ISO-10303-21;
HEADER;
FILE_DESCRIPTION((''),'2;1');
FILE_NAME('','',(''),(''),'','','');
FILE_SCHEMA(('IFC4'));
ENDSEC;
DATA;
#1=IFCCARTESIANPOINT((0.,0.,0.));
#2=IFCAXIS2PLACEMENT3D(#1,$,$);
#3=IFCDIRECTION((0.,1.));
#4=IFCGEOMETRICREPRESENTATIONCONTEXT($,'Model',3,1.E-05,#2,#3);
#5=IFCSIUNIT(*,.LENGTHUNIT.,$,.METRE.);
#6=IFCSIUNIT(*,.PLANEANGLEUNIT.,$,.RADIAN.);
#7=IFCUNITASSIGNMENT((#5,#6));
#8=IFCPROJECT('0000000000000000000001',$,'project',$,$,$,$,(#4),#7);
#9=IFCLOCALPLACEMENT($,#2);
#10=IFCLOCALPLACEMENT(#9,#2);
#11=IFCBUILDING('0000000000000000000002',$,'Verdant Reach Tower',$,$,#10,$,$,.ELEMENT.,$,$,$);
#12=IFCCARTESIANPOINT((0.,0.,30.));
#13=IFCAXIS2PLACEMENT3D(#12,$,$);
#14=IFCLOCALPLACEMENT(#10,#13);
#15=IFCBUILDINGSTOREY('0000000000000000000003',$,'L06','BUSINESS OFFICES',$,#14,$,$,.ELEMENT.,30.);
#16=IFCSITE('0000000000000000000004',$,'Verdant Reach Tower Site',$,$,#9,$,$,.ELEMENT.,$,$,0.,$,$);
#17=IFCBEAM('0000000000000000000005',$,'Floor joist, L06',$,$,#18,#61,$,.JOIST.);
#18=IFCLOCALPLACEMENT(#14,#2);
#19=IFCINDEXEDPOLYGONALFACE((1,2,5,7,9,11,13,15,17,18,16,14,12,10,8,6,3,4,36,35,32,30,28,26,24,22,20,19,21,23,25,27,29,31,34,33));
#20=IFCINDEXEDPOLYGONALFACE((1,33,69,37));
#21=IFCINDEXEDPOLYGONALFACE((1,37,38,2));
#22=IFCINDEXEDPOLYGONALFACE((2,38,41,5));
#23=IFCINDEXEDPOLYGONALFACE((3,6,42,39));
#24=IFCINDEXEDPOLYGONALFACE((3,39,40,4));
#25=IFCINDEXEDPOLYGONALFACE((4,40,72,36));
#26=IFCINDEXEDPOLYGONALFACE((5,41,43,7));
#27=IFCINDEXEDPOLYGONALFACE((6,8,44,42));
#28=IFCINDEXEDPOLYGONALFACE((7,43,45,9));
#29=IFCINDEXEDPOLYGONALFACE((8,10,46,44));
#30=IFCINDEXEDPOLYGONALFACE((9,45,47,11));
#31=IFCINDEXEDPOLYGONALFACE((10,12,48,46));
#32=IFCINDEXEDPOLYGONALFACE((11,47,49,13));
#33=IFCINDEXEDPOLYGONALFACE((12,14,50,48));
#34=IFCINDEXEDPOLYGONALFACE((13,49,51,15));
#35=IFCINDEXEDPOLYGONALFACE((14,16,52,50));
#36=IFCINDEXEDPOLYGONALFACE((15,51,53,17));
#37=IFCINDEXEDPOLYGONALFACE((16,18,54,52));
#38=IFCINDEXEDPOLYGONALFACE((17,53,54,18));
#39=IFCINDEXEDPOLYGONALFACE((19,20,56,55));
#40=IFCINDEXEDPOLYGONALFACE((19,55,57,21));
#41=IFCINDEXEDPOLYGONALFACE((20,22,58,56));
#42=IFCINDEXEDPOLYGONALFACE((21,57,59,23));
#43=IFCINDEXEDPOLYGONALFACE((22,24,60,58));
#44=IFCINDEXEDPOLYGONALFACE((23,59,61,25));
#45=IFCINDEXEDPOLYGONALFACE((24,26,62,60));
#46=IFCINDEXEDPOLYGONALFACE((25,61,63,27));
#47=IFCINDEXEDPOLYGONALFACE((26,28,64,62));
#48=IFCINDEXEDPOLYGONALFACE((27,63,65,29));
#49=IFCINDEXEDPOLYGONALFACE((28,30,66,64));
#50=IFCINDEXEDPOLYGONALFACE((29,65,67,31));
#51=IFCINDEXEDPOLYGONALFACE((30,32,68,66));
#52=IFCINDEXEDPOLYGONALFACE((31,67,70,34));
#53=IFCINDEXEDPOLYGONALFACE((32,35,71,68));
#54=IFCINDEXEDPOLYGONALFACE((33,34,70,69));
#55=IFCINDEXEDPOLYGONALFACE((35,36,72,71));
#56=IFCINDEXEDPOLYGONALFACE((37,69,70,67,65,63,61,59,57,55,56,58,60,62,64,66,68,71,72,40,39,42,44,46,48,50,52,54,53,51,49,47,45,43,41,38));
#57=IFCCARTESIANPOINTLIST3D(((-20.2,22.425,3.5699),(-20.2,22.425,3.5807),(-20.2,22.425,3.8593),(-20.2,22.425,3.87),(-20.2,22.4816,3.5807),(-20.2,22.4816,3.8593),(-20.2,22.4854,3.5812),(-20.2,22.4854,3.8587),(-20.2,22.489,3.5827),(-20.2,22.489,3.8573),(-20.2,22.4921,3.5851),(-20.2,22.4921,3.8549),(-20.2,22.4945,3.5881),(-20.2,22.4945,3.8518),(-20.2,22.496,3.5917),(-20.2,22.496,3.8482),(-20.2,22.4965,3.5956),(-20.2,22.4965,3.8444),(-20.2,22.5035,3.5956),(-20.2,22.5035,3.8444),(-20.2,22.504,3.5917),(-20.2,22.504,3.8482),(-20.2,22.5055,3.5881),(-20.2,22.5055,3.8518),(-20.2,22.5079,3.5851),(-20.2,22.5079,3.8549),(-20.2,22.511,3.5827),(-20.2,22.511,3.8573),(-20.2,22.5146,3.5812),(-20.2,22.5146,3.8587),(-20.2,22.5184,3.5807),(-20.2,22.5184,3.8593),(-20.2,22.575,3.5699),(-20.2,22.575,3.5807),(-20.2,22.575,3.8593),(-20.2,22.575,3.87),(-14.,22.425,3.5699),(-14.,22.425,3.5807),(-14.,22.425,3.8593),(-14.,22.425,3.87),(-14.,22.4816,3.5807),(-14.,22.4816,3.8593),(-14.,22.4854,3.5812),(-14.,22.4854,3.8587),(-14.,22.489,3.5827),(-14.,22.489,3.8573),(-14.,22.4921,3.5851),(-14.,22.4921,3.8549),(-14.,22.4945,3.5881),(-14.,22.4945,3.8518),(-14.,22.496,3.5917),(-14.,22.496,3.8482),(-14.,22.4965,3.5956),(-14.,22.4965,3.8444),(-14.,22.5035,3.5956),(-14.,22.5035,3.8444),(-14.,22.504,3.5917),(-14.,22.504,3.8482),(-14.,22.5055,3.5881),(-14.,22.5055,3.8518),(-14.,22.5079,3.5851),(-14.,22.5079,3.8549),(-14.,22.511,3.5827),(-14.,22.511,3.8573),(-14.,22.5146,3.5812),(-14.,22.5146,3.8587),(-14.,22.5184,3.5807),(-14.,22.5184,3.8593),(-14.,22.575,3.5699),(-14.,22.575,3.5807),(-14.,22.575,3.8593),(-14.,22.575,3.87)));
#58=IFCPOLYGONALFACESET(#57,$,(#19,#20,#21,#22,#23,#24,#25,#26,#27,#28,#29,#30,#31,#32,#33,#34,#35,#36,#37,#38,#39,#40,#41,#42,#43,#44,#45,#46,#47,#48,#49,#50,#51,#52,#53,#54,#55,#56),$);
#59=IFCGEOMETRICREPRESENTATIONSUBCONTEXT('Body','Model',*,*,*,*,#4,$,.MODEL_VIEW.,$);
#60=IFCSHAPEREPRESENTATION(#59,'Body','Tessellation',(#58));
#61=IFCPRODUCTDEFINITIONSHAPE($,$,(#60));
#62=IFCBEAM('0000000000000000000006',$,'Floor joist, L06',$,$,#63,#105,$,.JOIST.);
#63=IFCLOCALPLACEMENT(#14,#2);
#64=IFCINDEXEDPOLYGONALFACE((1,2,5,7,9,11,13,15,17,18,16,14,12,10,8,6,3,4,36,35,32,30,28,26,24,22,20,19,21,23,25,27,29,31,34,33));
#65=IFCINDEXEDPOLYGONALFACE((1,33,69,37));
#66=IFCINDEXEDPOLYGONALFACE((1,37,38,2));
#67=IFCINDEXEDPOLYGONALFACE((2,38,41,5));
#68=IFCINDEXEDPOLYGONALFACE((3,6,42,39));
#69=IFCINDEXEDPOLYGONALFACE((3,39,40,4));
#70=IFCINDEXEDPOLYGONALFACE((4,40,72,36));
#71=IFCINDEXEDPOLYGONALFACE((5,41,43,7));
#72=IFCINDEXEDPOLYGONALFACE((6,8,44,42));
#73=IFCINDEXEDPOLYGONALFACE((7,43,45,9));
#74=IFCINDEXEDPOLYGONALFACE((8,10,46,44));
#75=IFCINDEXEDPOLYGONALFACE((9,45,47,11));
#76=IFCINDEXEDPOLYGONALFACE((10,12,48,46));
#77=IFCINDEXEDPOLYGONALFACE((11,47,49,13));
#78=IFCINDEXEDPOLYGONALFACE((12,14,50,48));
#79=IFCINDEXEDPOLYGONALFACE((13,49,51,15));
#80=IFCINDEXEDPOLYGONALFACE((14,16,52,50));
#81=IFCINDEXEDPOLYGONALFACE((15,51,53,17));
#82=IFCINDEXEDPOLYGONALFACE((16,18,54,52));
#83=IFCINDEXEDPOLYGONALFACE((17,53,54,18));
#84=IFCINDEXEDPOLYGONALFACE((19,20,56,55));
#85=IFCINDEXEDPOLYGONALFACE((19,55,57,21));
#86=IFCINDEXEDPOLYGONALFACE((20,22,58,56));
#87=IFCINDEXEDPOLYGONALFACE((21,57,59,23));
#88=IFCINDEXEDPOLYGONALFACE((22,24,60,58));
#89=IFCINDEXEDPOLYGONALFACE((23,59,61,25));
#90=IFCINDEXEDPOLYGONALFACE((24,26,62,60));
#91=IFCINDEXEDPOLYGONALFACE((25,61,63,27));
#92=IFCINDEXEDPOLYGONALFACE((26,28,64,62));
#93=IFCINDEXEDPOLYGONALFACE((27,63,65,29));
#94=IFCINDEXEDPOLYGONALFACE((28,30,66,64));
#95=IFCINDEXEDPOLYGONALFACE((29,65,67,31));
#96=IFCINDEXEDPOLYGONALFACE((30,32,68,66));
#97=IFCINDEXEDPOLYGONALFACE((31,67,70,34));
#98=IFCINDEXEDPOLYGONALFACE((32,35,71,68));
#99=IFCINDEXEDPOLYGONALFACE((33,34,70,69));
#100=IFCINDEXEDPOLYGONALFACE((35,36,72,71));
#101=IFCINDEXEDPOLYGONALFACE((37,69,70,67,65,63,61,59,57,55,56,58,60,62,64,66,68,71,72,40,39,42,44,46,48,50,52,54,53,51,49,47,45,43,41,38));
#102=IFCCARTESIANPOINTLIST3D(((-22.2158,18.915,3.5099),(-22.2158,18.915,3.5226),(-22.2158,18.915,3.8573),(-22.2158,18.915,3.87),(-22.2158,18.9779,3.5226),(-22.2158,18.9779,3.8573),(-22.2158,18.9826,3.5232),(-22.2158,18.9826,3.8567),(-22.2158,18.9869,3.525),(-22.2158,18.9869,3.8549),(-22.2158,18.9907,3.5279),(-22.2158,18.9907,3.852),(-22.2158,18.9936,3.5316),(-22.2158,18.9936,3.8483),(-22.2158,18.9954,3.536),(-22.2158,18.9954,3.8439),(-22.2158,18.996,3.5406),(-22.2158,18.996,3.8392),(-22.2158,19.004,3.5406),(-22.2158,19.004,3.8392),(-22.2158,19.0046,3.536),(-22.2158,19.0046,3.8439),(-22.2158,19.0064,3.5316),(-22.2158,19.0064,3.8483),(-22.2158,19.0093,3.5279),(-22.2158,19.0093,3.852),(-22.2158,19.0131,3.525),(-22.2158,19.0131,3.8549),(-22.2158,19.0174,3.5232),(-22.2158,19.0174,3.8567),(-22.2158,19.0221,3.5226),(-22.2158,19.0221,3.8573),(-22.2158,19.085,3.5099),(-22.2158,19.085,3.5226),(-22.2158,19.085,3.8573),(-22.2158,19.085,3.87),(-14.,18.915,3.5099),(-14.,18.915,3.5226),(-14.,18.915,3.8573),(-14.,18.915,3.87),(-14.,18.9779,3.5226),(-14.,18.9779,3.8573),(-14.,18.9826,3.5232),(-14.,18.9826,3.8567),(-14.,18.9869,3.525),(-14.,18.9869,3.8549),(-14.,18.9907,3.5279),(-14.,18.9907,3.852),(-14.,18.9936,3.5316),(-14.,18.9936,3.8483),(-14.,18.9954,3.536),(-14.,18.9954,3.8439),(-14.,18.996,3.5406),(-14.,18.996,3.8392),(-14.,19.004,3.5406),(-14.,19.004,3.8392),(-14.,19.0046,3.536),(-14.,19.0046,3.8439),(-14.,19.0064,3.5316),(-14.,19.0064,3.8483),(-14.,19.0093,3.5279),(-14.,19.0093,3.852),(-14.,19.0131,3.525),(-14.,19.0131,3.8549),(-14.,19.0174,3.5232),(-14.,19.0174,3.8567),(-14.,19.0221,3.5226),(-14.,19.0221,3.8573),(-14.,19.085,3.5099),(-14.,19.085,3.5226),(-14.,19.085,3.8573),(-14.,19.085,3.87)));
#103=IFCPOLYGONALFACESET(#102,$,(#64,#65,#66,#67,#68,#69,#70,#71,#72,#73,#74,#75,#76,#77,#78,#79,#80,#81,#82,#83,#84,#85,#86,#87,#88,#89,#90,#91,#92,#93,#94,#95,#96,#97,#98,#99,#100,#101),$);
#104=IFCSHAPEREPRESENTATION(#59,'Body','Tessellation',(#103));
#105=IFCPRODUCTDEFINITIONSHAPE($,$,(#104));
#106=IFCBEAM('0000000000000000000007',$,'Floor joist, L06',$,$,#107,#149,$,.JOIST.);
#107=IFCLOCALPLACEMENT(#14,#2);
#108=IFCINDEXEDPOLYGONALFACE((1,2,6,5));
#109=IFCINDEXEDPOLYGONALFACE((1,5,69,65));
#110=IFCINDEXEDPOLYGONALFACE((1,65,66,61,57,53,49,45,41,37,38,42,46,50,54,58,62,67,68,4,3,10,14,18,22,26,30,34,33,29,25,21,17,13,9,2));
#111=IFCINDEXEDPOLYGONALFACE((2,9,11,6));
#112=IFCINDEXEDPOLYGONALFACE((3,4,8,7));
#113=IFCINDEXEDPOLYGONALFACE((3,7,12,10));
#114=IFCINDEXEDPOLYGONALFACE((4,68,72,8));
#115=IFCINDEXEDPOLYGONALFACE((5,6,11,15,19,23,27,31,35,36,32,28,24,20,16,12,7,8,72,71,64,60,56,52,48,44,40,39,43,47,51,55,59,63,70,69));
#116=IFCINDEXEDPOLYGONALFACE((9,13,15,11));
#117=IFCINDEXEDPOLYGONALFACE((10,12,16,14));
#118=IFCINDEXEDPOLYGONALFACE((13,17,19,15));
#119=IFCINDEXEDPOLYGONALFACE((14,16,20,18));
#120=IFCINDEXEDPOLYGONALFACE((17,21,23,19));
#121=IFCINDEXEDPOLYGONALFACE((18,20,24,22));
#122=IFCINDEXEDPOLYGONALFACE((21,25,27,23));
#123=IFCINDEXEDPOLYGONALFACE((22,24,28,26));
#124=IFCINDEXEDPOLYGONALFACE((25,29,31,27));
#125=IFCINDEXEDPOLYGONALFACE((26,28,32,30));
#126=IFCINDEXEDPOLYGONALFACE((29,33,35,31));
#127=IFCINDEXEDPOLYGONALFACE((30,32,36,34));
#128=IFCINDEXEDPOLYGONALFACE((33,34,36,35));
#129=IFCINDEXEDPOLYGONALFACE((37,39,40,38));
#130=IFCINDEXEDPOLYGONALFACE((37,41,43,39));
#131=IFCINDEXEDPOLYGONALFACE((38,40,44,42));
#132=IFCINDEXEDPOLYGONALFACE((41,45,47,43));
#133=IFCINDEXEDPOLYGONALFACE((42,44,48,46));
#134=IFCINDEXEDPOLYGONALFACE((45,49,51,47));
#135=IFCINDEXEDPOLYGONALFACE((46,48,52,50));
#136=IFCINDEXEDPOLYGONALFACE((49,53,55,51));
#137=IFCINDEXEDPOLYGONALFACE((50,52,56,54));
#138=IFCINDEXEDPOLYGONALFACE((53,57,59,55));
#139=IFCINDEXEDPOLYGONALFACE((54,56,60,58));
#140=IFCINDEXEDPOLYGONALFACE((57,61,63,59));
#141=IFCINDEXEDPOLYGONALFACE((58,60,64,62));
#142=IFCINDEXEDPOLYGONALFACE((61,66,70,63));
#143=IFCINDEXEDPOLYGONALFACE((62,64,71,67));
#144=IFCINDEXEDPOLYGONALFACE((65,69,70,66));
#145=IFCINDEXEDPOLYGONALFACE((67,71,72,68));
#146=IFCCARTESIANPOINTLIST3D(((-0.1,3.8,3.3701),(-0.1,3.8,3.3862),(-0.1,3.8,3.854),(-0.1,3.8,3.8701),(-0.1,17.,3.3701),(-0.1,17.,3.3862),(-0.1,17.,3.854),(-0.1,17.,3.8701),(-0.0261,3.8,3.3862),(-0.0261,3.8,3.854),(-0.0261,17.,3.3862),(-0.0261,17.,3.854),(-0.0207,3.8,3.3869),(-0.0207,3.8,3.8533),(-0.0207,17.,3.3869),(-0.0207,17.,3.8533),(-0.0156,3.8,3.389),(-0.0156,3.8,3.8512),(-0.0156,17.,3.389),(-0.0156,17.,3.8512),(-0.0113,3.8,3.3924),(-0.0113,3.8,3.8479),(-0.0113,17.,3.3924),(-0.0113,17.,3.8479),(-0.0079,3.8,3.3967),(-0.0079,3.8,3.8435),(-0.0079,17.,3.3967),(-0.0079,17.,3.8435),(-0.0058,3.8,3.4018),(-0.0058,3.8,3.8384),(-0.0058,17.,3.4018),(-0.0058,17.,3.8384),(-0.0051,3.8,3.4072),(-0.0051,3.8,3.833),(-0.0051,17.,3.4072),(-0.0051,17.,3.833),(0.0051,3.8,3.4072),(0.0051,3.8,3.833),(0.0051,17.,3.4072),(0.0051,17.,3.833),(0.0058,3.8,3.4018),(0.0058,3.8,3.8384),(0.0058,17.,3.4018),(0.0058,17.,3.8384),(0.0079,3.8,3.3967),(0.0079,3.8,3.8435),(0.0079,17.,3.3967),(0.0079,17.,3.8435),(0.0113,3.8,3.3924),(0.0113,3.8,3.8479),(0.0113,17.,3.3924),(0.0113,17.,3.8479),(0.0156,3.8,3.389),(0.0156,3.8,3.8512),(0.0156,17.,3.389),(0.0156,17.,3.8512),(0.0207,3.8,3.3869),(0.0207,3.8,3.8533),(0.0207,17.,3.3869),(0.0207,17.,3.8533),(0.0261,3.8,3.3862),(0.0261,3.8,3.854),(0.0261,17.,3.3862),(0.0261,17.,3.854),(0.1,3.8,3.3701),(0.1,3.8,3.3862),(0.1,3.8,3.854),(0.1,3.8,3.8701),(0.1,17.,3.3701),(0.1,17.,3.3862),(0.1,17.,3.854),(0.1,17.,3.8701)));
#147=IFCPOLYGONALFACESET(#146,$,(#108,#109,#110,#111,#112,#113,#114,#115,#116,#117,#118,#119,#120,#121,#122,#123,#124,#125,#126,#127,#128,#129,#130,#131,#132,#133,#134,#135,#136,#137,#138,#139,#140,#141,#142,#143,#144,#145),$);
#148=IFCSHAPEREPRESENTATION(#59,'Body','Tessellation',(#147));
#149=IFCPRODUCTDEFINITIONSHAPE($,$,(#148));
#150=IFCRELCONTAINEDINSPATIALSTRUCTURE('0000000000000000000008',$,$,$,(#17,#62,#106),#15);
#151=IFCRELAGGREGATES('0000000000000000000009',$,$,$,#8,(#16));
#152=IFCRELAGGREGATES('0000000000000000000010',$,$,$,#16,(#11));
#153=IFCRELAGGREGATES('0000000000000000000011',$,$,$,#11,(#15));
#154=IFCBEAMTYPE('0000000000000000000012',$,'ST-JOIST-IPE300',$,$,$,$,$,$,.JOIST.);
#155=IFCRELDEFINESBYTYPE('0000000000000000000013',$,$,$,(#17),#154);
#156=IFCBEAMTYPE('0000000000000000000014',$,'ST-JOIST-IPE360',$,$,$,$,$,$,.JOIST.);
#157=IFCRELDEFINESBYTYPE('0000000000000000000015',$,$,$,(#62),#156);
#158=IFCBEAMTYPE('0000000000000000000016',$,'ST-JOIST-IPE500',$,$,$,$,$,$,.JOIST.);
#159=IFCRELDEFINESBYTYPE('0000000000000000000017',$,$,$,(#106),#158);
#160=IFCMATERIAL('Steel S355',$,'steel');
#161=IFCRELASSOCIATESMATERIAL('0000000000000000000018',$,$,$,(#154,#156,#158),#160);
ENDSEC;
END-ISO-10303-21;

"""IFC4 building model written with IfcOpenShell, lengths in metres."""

from ifc_helpers import new_model, si_unit, direction, frame, origin, origin_2d, place, context, subcontext, project, spatial, i_section, extrude, material, material_profile, profile_set, type_object, element, save


model = new_model("IFC4")

# Units and contexts
model_context = context("Model", 3, precision=1e-05, world=origin(), true_north=direction((0.0, 1.0)))
body_context = subcontext(model_context, "Body", "Model", "MODEL_VIEW")
ifc_project = project(units=[si_unit("LENGTHUNIT", "METRE"), si_unit("PLANEANGLEUNIT", "RADIAN")], contexts=[model_context])

# Site, building, storey
site_placement = place(None, origin())
site = spatial("IfcSite", under=ifc_project, at=site_placement, Name="Verdant Reach Tower Site", CompositionType="ELEMENT", RefElevation=0.0)
building_placement = place(site_placement, origin())
building = spatial("IfcBuilding", under=site, at=building_placement, Name="Verdant Reach Tower", CompositionType="ELEMENT")
storey_placement = place(building_placement, frame((0.0, 0.0, 30.0)))
storey = spatial("IfcBuildingStorey", under=building, at=storey_placement, Name="L06", Description="BUSINESS OFFICES", CompositionType="ELEMENT", Elevation=30.0)

# Beams
ifc_material_1 = material(Name="Steel S355", Category="steel")
ifc_material_profile_1 = material_profile(ifc_material_1, i_section(OverallWidth=0.1499, OverallDepth=0.3, WebThickness=0.0071, FlangeThickness=0.0107, FilletRadius=0.0149, at=origin_2d()), Name="IPE 300")
ifc_profile_set_1 = profile_set([ifc_material_profile_1], Name="Steel S355")
beam_type_1 = type_object("IfcBeamType", Name="ST-JOIST-IPE300", PredefinedType="JOIST", material=ifc_profile_set_1)
beam_1_placement = place(storey_placement, frame((-14.0, 22.5, 3.72), z_axis=(-1.0, 0.0, 0.0), x_axis=(0.0, -1.0, 0.0)))
element("IfcBeam", 1, at=beam_1_placement, inside=storey, type_object=beam_type_1, Name="Floor joist, L06", PredefinedType="JOIST", context=body_context, shape_type="SweptSolid", body=[
    extrude(i_section(OverallWidth=0.1499, OverallDepth=0.3, WebThickness=0.0071, FlangeThickness=0.0107, FilletRadius=0.0149, at=origin_2d()), origin(), (0.0, 0.0, 1.0), 6.2),
])
ifc_material_profile_2 = material_profile(ifc_material_1, i_section(OverallWidth=0.1699, OverallDepth=0.3601, WebThickness=0.0081, FlangeThickness=0.0127, FilletRadius=0.0181, at=origin_2d()), Name="IPE 360")
ifc_profile_set_2 = profile_set([ifc_material_profile_2], Name="Steel S355")
beam_type_2 = type_object("IfcBeamType", Name="ST-JOIST-IPE360", PredefinedType="JOIST", material=ifc_profile_set_2)
beam_2_placement = place(storey_placement, frame((-14.0, 19.0, 3.6899), z_axis=(-1.0, 0.0, 0.0), x_axis=(0.0, -1.0, 0.0)))
element("IfcBeam", 2, at=beam_2_placement, inside=storey, type_object=beam_type_2, Name="Floor joist, L06", PredefinedType="JOIST", context=body_context, shape_type="SweptSolid", body=[
    extrude(i_section(OverallWidth=0.1699, OverallDepth=0.3601, WebThickness=0.0081, FlangeThickness=0.0127, FilletRadius=0.0181, at=origin_2d()), origin(), (0.0, 0.0, 1.0), 8.2158),
])
ifc_material_profile_3 = material_profile(ifc_material_1, i_section(OverallWidth=0.2, OverallDepth=0.5, WebThickness=0.0103, FlangeThickness=0.0161, FilletRadius=0.021, at=origin_2d()), Name="IPE 500")
ifc_profile_set_3 = profile_set([ifc_material_profile_3], Name="Steel S355")
beam_type_3 = type_object("IfcBeamType", Name="ST-JOIST-IPE500", PredefinedType="JOIST", material=ifc_profile_set_3)
beam_3_placement = place(storey_placement, frame((0.0, 17.0, 3.6201), z_axis=(0.0, -1.0, 0.0), x_axis=(1.0, 0.0, 0.0)))
element("IfcBeam", 3, at=beam_3_placement, inside=storey, type_object=beam_type_3, Name="Floor joist, L06", PredefinedType="JOIST", context=body_context, shape_type="SweptSolid", body=[
    extrude(i_section(OverallWidth=0.2, OverallDepth=0.5, WebThickness=0.0103, FlangeThickness=0.0161, FilletRadius=0.021, at=origin_2d()), origin(), (0.0, 0.0, 1.0), 13.2),
])

save(model, "model.ifc")
